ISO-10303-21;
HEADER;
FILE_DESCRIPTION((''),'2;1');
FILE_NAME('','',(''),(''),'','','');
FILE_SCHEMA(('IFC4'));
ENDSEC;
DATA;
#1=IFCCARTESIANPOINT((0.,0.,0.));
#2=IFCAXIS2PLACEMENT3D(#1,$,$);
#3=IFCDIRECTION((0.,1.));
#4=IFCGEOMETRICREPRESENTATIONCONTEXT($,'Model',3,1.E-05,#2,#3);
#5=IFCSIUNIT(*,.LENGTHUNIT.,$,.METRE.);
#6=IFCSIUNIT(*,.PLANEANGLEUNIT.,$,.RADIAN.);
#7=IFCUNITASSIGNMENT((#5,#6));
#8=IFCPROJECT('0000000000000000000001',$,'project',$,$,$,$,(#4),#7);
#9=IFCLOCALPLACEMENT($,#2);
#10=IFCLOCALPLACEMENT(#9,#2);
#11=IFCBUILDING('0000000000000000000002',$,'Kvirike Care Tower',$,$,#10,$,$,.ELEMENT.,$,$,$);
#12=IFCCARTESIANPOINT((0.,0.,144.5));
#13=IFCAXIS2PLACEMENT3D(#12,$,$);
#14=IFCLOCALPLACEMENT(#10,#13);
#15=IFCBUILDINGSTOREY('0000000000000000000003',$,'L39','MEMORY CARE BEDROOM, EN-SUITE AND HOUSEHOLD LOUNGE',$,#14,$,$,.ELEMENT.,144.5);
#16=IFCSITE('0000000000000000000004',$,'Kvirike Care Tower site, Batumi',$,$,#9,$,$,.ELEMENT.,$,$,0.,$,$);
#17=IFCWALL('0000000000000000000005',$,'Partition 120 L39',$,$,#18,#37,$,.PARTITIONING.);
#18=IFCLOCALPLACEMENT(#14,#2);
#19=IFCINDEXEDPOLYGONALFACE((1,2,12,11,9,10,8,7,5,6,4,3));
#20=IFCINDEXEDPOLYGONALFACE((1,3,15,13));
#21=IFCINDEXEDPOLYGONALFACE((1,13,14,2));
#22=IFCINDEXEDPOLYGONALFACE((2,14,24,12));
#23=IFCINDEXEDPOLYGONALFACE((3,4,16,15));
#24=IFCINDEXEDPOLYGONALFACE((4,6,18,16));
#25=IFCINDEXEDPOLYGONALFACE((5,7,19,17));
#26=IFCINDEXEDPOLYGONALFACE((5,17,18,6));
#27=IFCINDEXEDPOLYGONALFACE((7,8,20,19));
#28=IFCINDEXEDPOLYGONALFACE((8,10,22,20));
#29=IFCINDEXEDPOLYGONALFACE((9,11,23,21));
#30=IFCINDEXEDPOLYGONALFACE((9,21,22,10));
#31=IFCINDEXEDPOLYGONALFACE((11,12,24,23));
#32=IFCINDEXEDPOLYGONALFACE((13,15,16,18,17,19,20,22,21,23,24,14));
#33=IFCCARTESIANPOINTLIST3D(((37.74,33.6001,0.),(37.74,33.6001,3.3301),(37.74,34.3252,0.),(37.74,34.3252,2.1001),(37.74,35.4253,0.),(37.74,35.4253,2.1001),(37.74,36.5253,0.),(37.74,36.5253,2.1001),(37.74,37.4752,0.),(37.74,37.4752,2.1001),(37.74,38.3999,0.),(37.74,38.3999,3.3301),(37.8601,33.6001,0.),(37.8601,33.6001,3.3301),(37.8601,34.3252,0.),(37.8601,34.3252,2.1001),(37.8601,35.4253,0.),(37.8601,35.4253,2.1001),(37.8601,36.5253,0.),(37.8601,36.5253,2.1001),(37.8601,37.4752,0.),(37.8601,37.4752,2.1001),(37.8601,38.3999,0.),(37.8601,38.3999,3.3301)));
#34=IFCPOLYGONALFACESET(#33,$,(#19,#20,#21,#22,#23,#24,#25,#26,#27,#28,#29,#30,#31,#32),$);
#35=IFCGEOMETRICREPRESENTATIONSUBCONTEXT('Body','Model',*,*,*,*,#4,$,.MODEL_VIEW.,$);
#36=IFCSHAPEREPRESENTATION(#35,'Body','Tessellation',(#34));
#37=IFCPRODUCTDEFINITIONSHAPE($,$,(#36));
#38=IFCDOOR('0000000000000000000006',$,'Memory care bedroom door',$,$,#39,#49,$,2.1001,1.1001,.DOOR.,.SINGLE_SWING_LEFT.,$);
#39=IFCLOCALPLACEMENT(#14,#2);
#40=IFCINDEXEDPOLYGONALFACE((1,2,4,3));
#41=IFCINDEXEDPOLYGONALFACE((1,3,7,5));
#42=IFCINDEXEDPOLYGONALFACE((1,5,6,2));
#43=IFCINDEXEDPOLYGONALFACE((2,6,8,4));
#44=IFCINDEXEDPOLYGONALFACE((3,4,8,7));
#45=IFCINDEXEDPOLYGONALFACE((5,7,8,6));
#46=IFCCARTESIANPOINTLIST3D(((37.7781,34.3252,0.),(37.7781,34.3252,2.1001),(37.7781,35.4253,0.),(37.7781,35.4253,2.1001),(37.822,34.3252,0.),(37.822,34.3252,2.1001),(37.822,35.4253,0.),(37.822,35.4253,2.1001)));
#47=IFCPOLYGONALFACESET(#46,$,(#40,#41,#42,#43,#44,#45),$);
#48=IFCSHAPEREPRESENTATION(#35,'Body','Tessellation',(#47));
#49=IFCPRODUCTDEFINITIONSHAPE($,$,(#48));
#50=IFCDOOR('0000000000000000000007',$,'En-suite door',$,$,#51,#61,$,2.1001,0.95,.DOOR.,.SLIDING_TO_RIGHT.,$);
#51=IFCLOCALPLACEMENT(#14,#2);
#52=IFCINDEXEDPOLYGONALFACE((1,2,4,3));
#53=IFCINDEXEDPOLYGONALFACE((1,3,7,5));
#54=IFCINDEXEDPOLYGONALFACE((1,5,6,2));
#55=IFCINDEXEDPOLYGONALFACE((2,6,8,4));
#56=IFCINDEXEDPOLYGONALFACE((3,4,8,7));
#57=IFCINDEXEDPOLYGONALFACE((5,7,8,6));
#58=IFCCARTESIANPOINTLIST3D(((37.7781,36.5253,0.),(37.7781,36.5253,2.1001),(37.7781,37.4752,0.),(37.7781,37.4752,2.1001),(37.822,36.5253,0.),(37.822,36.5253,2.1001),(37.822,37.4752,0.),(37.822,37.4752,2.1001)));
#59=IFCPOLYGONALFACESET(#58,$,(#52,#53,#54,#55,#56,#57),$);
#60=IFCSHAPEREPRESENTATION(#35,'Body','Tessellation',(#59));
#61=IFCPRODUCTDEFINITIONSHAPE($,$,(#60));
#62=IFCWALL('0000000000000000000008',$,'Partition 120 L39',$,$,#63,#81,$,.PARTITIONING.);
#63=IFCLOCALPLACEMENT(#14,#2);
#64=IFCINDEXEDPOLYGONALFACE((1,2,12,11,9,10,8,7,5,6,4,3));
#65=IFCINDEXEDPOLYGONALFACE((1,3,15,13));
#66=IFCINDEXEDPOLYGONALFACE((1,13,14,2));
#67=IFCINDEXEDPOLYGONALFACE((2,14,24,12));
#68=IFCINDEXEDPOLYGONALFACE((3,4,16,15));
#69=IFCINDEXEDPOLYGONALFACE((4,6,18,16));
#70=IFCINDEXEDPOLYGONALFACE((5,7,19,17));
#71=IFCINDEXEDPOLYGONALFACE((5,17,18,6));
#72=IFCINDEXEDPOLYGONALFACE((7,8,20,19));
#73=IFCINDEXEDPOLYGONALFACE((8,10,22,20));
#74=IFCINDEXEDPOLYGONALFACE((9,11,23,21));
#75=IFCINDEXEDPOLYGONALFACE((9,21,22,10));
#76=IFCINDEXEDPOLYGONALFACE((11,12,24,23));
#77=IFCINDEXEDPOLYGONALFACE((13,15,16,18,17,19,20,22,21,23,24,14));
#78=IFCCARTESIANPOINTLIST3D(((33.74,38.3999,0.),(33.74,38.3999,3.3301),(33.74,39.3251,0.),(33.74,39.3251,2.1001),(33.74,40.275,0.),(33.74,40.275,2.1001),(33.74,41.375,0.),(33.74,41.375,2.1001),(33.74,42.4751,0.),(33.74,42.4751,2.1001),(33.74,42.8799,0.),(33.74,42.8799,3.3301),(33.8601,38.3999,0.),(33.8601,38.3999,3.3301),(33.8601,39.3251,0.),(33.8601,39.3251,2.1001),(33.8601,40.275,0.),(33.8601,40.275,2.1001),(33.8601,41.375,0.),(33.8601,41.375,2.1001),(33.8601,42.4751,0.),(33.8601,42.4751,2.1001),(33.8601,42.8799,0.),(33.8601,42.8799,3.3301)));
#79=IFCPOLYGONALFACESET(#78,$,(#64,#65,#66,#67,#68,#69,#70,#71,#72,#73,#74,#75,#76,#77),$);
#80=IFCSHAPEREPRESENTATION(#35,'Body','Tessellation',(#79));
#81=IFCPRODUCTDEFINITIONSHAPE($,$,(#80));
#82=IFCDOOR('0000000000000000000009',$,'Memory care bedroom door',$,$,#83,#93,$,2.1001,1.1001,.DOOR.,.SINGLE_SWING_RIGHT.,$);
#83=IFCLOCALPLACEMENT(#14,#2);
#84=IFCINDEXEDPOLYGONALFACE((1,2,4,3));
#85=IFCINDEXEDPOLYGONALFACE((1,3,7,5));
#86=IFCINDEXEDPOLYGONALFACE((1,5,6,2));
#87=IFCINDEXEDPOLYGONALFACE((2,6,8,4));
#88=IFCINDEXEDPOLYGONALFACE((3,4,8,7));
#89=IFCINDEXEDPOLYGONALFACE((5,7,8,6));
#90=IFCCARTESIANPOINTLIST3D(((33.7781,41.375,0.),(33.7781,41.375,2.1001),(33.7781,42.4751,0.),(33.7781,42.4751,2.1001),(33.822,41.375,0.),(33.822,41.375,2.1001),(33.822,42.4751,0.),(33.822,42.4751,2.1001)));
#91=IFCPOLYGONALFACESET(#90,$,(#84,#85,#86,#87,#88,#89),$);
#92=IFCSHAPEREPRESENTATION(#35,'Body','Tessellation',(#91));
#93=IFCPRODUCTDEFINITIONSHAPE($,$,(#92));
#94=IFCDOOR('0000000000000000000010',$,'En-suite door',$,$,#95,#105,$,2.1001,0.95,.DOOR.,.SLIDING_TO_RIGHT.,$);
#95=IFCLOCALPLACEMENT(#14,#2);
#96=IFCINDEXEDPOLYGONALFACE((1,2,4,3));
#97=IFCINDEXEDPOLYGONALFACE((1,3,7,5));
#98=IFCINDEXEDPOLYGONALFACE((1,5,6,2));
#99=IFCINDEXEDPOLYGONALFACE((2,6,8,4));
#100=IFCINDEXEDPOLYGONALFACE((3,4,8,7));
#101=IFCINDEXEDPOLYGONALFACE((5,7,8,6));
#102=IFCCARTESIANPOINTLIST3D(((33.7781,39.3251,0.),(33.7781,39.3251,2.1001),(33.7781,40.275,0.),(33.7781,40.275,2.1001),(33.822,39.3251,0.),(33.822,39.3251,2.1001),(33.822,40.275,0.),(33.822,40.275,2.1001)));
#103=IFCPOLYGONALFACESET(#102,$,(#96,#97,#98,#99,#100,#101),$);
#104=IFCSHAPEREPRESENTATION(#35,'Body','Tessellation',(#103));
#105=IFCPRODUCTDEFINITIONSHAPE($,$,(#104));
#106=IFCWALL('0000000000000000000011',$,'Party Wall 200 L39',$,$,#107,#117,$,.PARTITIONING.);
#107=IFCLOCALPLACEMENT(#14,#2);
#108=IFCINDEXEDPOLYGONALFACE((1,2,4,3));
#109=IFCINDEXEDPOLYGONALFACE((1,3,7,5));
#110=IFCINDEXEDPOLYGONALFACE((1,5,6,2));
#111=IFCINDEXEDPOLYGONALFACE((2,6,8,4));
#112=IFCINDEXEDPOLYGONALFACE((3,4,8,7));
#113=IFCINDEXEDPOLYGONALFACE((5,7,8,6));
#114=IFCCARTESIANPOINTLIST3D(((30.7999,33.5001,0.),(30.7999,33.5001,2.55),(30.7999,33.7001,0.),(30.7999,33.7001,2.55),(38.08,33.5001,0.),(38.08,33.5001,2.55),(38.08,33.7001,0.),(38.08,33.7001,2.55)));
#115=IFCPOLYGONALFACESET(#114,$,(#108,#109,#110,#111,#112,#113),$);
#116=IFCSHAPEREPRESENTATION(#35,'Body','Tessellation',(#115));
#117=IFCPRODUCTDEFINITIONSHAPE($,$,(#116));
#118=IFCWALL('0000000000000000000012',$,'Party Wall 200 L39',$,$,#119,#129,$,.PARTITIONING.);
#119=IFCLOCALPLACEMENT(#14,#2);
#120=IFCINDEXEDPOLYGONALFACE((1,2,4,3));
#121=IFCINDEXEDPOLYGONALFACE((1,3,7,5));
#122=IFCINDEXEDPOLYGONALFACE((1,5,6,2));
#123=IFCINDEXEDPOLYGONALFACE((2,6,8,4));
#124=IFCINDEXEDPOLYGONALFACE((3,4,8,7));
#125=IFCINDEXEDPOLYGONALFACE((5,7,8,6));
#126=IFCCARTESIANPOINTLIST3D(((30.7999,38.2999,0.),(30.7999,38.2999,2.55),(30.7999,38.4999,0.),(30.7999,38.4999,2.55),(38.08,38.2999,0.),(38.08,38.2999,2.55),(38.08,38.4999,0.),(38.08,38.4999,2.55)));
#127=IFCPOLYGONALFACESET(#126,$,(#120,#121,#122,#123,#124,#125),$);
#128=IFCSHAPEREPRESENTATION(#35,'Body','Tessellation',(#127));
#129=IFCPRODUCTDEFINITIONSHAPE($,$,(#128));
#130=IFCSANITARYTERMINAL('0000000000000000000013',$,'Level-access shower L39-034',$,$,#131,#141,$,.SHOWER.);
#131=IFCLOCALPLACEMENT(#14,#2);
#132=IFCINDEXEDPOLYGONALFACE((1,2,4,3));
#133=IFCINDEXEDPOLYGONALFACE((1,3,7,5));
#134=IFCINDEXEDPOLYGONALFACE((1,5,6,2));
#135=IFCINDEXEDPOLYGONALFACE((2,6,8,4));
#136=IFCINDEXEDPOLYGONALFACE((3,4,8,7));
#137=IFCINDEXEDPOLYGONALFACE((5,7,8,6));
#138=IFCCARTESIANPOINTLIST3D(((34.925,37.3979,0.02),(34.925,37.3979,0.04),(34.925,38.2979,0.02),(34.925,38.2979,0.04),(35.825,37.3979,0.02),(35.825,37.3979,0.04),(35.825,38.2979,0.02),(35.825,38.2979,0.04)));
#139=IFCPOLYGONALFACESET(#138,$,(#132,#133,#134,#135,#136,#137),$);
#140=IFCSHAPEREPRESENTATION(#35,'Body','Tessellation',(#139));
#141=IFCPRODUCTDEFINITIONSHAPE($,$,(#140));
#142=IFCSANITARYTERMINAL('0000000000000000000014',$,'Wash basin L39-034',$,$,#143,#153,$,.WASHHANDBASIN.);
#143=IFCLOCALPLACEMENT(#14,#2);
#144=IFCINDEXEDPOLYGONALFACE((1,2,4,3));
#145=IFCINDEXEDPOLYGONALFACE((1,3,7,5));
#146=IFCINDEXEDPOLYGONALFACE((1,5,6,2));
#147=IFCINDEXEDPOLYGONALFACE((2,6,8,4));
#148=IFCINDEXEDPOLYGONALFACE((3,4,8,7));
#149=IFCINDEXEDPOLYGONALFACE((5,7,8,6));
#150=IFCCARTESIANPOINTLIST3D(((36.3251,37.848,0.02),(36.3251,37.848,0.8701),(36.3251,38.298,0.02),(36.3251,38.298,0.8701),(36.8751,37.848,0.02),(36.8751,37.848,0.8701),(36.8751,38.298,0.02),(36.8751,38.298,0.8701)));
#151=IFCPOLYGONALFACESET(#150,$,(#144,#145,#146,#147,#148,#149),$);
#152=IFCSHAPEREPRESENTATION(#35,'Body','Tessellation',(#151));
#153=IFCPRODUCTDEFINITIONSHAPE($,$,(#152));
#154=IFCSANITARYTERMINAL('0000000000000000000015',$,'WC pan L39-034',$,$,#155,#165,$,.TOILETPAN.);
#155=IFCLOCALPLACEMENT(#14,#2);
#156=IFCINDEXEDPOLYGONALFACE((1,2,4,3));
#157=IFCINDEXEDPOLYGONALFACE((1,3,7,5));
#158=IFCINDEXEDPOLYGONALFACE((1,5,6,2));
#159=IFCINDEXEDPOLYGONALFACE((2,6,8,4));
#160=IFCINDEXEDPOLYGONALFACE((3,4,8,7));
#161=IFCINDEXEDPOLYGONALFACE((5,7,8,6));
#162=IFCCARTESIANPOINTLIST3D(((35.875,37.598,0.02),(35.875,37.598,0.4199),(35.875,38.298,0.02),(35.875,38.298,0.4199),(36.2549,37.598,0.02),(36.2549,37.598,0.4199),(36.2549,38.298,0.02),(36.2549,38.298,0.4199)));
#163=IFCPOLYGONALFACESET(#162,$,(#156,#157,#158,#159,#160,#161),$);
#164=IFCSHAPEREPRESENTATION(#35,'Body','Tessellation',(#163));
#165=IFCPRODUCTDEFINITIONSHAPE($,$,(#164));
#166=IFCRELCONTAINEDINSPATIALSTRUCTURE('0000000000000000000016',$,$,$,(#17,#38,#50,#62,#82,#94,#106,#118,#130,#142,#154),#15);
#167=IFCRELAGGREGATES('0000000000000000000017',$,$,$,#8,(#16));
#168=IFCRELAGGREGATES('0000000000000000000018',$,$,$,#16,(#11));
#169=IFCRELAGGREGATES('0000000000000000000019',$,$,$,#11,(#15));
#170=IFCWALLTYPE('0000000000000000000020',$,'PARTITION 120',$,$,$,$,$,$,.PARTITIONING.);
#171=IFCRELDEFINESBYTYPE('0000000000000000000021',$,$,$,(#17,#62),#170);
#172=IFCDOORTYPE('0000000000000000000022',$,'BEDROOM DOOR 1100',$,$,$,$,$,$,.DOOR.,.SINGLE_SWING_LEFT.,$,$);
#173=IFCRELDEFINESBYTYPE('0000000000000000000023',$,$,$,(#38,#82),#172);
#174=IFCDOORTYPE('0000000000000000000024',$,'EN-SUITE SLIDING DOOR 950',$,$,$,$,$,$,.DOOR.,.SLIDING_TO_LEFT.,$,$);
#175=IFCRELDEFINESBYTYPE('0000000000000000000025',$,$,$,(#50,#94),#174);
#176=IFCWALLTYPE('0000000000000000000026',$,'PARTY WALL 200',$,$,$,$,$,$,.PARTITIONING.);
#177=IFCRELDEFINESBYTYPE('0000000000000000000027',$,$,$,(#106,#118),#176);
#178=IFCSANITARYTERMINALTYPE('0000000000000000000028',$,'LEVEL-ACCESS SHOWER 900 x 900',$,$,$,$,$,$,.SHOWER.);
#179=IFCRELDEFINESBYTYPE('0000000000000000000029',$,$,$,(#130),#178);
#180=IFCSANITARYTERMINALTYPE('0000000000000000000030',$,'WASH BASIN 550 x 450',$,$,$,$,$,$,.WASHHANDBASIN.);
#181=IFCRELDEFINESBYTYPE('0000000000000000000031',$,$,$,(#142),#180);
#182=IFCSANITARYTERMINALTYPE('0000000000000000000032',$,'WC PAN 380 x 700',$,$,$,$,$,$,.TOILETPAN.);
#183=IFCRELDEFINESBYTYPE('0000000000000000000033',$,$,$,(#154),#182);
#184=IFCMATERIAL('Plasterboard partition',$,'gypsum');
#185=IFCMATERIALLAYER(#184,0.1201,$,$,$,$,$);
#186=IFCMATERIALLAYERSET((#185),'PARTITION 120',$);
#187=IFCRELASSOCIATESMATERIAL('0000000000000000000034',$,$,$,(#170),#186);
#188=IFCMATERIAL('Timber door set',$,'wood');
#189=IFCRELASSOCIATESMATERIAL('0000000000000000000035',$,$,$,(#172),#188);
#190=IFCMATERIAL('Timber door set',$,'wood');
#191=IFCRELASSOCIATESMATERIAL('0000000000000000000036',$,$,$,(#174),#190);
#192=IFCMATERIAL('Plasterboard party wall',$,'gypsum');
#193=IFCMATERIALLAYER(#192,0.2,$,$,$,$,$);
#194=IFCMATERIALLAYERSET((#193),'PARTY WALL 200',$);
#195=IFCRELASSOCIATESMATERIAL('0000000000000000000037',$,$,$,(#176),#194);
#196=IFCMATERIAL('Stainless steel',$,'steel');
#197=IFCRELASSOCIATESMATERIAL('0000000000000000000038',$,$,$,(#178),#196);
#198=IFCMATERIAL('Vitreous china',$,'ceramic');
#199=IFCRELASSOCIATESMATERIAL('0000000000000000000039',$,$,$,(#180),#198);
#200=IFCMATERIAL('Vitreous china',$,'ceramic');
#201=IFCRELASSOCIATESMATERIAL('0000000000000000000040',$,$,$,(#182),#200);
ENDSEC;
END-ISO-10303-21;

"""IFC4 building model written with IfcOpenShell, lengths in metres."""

from ifc_helpers import new_model, si_unit, direction, frame, frame_2d, origin, origin_2d, place, context, subcontext, project, spatial, rectangle, extrude, material, layer, layer_set, type_object, element, fill, save


model = new_model("IFC4")

# Units and contexts
model_context = context("Model", 3, precision=1e-05, world=origin(), true_north=direction((0.0, 1.0)))
body_context = subcontext(model_context, "Body", "Model", "MODEL_VIEW")
ifc_project = project(units=[si_unit("LENGTHUNIT", "METRE"), si_unit("PLANEANGLEUNIT", "RADIAN")], contexts=[model_context])

# Site, building, storey
site_placement = place(None, origin())
site = spatial("IfcSite", under=ifc_project, at=site_placement, Name="Kvirike Care Tower site, Batumi", CompositionType="ELEMENT", RefElevation=0.0)
building_placement = place(site_placement, origin())
building = spatial("IfcBuilding", under=site, at=building_placement, Name="Kvirike Care Tower", CompositionType="ELEMENT")
storey_placement = place(building_placement, frame((0.0, 0.0, 144.5)))
storey = spatial("IfcBuildingStorey", under=building, at=storey_placement, Name="L39", Description="MEMORY CARE BEDROOM, EN-SUITE AND HOUSEHOLD LOUNGE", CompositionType="ELEMENT", Elevation=144.5)

# Walls, openings, doors
ifc_material_1 = material(Name="Plasterboard partition", Category="gypsum")
ifc_layer_1 = layer(ifc_material_1, 0.1201)
ifc_layer_set_1 = layer_set([ifc_layer_1], Name="PARTITION 120")
wall_type_1 = type_object("IfcWallType", Name="PARTITION 120", PredefinedType="PARTITIONING", material=ifc_layer_set_1)
wall_1_placement = place(storey_placement, frame((37.8, 33.6001, 0.0), z_axis=(0.0, 0.0, 1.0), x_axis=(0.0, 1.0, 0.0)))
wall_1 = element("IfcWall", 1, at=wall_1_placement, inside=storey, type_object=wall_type_1, Name="Partition 120 L39", PredefinedType="PARTITIONING", context=body_context, shape_type="SweptSolid", body=[
    extrude(rectangle(XDim=4.7998, YDim=0.1201, at=frame_2d((2.3999, 0.0))), origin(), (0.0, 0.0, 1.0), 3.3301),
])
opening_1_placement = place(wall_1_placement, frame((0.7251, 0.0, 0.0)))
opening_1 = element("IfcOpeningElement", 2, at=opening_1_placement, cuts=wall_1, PredefinedType="OPENING", context=body_context, shape_type="SweptSolid", body=[
    extrude(rectangle(XDim=1.1001, YDim=2.1001, at=frame_2d((0.55, 1.05))), frame((0.0, 0.0706, 0.0), z_axis=(0.0, -1.0, 0.0), x_axis=(1.0, 0.0, 0.0)), (0.0, 0.0, 1.0), 0.1411),
])
opening_2_placement = place(wall_1_placement, frame((2.925, 0.0, 0.0)))
opening_2 = element("IfcOpeningElement", 3, at=opening_2_placement, cuts=wall_1, PredefinedType="OPENING", context=body_context, shape_type="SweptSolid", body=[
    extrude(rectangle(XDim=0.95, YDim=2.1001, at=frame_2d((0.4751, 1.05))), frame((0.0, 0.0706, 0.0), z_axis=(0.0, -1.0, 0.0), x_axis=(1.0, 0.0, 0.0)), (0.0, 0.0, 1.0), 0.1411),
])
ifc_material_2 = material(Name="Timber door set", Category="wood")
door_type_1 = type_object("IfcDoorType", Name="BEDROOM DOOR 1100", OperationType="SINGLE_SWING_LEFT", PredefinedType="DOOR", material=ifc_material_2)
door_1_placement = place(opening_1_placement, origin())
door_1 = element("IfcDoor", 4, at=door_1_placement, inside=storey, type_object=door_type_1, Name="Memory care bedroom door", OperationType="SINGLE_SWING_LEFT", OverallHeight=2.1001, OverallWidth=1.1001, PredefinedType="DOOR", context=body_context, shape_type="SweptSolid", body=[
    extrude(rectangle(XDim=1.1001, YDim=2.1001, at=frame_2d((0.55, 1.05))), frame((0.0, 0.022, 0.0), z_axis=(0.0, -1.0, 0.0), x_axis=(1.0, 0.0, 0.0)), (0.0, 0.0, 1.0), 0.0439),
])
fill(opening_1, door_1)
ifc_material_3 = material(Name="Timber door set", Category="wood")
door_type_2 = type_object("IfcDoorType", Name="EN-SUITE SLIDING DOOR 950", OperationType="SLIDING_TO_LEFT", PredefinedType="DOOR", material=ifc_material_3)
door_2_placement = place(opening_2_placement, origin())
door_2 = element("IfcDoor", 5, at=door_2_placement, inside=storey, type_object=door_type_2, Name="En-suite door", OperationType="SLIDING_TO_RIGHT", OverallHeight=2.1001, OverallWidth=0.95, PredefinedType="DOOR", context=body_context, shape_type="SweptSolid", body=[
    extrude(rectangle(XDim=0.95, YDim=2.1001, at=frame_2d((0.4751, 1.05))), frame((0.0, 0.022, 0.0), z_axis=(0.0, -1.0, 0.0), x_axis=(1.0, 0.0, 0.0)), (0.0, 0.0, 1.0), 0.0439),
])
fill(opening_2, door_2)
wall_2_placement = place(storey_placement, frame((33.8, 38.3999, 0.0), z_axis=(0.0, 0.0, 1.0), x_axis=(0.0, 1.0, 0.0)))
wall_2 = element("IfcWall", 6, at=wall_2_placement, inside=storey, type_object=wall_type_1, Name="Partition 120 L39", PredefinedType="PARTITIONING", context=body_context, shape_type="SweptSolid", body=[
    extrude(rectangle(XDim=4.48, YDim=0.1201, at=frame_2d((2.24, 0.0))), origin(), (0.0, 0.0, 1.0), 3.3301),
])
opening_3_placement = place(wall_2_placement, frame((2.9751, 0.0, 0.0)))
opening_3 = element("IfcOpeningElement", 7, at=opening_3_placement, cuts=wall_2, PredefinedType="OPENING", context=body_context, shape_type="SweptSolid", body=[
    extrude(rectangle(XDim=1.1001, YDim=2.1001, at=frame_2d((0.55, 1.05))), frame((0.0, 0.0706, 0.0), z_axis=(0.0, -1.0, 0.0), x_axis=(1.0, 0.0, 0.0)), (0.0, 0.0, 1.0), 0.1411),
])
opening_4_placement = place(wall_2_placement, frame((0.925, 0.0, 0.0)))
opening_4 = element("IfcOpeningElement", 8, at=opening_4_placement, cuts=wall_2, PredefinedType="OPENING", context=body_context, shape_type="SweptSolid", body=[
    extrude(rectangle(XDim=0.95, YDim=2.1001, at=frame_2d((0.4751, 1.05))), frame((0.0, 0.0706, 0.0), z_axis=(0.0, -1.0, 0.0), x_axis=(1.0, 0.0, 0.0)), (0.0, 0.0, 1.0), 0.1411),
])
door_3_placement = place(opening_3_placement, origin())
door_3 = element("IfcDoor", 9, at=door_3_placement, inside=storey, type_object=door_type_1, Name="Memory care bedroom door", OperationType="SINGLE_SWING_RIGHT", OverallHeight=2.1001, OverallWidth=1.1001, PredefinedType="DOOR", context=body_context, shape_type="SweptSolid", body=[
    extrude(rectangle(XDim=1.1001, YDim=2.1001, at=frame_2d((0.55, 1.05))), frame((0.0, 0.022, 0.0), z_axis=(0.0, -1.0, 0.0), x_axis=(1.0, 0.0, 0.0)), (0.0, 0.0, 1.0), 0.0439),
])
fill(opening_3, door_3)
door_4_placement = place(opening_4_placement, origin())
door_4 = element("IfcDoor", 10, at=door_4_placement, inside=storey, type_object=door_type_2, Name="En-suite door", OperationType="SLIDING_TO_RIGHT", OverallHeight=2.1001, OverallWidth=0.95, PredefinedType="DOOR", context=body_context, shape_type="SweptSolid", body=[
    extrude(rectangle(XDim=0.95, YDim=2.1001, at=frame_2d((0.4751, 1.05))), frame((0.0, 0.022, 0.0), z_axis=(0.0, -1.0, 0.0), x_axis=(1.0, 0.0, 0.0)), (0.0, 0.0, 1.0), 0.0439),
])
fill(opening_4, door_4)

# Walls
ifc_material_4 = material(Name="Plasterboard party wall", Category="gypsum")
ifc_layer_2 = layer(ifc_material_4, 0.2)
ifc_layer_set_2 = layer_set([ifc_layer_2], Name="PARTY WALL 200")
wall_type_2 = type_object("IfcWallType", Name="PARTY WALL 200", PredefinedType="PARTITIONING", material=ifc_layer_set_2)
for number, where, z_axis, x_axis, name in (
    (11, (38.0801, 33.6001, 0.0), (0.0, 0.0, 1.0), (-1.0, 0.0, 0.0), "Party Wall 200 L39"),
    (12, (38.0801, 38.3999, 0.0), (0.0, 0.0, 1.0), (-1.0, 0.0, 0.0), "Party Wall 200 L39"),
):
    element("IfcWall", number, at=place(storey_placement, frame(where, z_axis=z_axis, x_axis=x_axis)), inside=storey, type_object=wall_type_2, Name=name, PredefinedType="PARTITIONING", context=body_context, shape_type="SweptSolid", body=[
        extrude(rectangle(XDim=7.28, YDim=0.2, at=frame_2d((3.6401, 0.0))), origin(), (0.0, 0.0, 1.0), 2.55),
    ])

# Sanitary terminals
ifc_material_5 = material(Name="Stainless steel", Category="steel")
sanitary_terminal_type_1 = type_object("IfcSanitaryTerminalType", Name="LEVEL-ACCESS SHOWER 900 x 900", PredefinedType="SHOWER", material=ifc_material_5)
sanitary_terminal_1_placement = place(storey_placement, frame((35.375, 37.8479, 0.02), z_axis=(0.0, 0.0, 1.0), x_axis=(1.0, 0.0, 0.0)))
element("IfcSanitaryTerminal", 13, at=sanitary_terminal_1_placement, inside=storey, type_object=sanitary_terminal_type_1, Name="Level-access shower L39-034", PredefinedType="SHOWER", context=body_context, shape_type="SweptSolid", body=[
    extrude(rectangle(XDim=0.8999, YDim=0.8999, at=origin_2d()), origin(), (0.0, 0.0, 1.0), 0.02),
])
ifc_material_6 = material(Name="Vitreous china", Category="ceramic")
sanitary_terminal_type_2 = type_object("IfcSanitaryTerminalType", Name="WASH BASIN 550 x 450", PredefinedType="WASHHANDBASIN", material=ifc_material_6)
sanitary_terminal_2_placement = place(storey_placement, frame((36.6001, 38.073, 0.02), z_axis=(0.0, 0.0, 1.0), x_axis=(1.0, 0.0, 0.0)))
element("IfcSanitaryTerminal", 14, at=sanitary_terminal_2_placement, inside=storey, type_object=sanitary_terminal_type_2, Name="Wash basin L39-034", PredefinedType="WASHHANDBASIN", context=body_context, shape_type="SweptSolid", body=[
    extrude(rectangle(XDim=0.55, YDim=0.45, at=origin_2d()), origin(), (0.0, 0.0, 1.0), 0.8501),
])
ifc_material_7 = material(Name="Vitreous china", Category="ceramic")
sanitary_terminal_type_3 = type_object("IfcSanitaryTerminalType", Name="WC PAN 380 x 700", PredefinedType="TOILETPAN", material=ifc_material_7)
sanitary_terminal_3_placement = place(storey_placement, frame((36.0649, 37.948, 0.02), z_axis=(0.0, 0.0, 1.0), x_axis=(1.0, 0.0, 0.0)))
element("IfcSanitaryTerminal", 15, at=sanitary_terminal_3_placement, inside=storey, type_object=sanitary_terminal_type_3, Name="WC pan L39-034", PredefinedType="TOILETPAN", context=body_context, shape_type="SweptSolid", body=[
    extrude(rectangle(XDim=0.3799, YDim=0.7, at=origin_2d()), origin(), (0.0, 0.0, 1.0), 0.3999),
])

save(model, "model.ifc")
